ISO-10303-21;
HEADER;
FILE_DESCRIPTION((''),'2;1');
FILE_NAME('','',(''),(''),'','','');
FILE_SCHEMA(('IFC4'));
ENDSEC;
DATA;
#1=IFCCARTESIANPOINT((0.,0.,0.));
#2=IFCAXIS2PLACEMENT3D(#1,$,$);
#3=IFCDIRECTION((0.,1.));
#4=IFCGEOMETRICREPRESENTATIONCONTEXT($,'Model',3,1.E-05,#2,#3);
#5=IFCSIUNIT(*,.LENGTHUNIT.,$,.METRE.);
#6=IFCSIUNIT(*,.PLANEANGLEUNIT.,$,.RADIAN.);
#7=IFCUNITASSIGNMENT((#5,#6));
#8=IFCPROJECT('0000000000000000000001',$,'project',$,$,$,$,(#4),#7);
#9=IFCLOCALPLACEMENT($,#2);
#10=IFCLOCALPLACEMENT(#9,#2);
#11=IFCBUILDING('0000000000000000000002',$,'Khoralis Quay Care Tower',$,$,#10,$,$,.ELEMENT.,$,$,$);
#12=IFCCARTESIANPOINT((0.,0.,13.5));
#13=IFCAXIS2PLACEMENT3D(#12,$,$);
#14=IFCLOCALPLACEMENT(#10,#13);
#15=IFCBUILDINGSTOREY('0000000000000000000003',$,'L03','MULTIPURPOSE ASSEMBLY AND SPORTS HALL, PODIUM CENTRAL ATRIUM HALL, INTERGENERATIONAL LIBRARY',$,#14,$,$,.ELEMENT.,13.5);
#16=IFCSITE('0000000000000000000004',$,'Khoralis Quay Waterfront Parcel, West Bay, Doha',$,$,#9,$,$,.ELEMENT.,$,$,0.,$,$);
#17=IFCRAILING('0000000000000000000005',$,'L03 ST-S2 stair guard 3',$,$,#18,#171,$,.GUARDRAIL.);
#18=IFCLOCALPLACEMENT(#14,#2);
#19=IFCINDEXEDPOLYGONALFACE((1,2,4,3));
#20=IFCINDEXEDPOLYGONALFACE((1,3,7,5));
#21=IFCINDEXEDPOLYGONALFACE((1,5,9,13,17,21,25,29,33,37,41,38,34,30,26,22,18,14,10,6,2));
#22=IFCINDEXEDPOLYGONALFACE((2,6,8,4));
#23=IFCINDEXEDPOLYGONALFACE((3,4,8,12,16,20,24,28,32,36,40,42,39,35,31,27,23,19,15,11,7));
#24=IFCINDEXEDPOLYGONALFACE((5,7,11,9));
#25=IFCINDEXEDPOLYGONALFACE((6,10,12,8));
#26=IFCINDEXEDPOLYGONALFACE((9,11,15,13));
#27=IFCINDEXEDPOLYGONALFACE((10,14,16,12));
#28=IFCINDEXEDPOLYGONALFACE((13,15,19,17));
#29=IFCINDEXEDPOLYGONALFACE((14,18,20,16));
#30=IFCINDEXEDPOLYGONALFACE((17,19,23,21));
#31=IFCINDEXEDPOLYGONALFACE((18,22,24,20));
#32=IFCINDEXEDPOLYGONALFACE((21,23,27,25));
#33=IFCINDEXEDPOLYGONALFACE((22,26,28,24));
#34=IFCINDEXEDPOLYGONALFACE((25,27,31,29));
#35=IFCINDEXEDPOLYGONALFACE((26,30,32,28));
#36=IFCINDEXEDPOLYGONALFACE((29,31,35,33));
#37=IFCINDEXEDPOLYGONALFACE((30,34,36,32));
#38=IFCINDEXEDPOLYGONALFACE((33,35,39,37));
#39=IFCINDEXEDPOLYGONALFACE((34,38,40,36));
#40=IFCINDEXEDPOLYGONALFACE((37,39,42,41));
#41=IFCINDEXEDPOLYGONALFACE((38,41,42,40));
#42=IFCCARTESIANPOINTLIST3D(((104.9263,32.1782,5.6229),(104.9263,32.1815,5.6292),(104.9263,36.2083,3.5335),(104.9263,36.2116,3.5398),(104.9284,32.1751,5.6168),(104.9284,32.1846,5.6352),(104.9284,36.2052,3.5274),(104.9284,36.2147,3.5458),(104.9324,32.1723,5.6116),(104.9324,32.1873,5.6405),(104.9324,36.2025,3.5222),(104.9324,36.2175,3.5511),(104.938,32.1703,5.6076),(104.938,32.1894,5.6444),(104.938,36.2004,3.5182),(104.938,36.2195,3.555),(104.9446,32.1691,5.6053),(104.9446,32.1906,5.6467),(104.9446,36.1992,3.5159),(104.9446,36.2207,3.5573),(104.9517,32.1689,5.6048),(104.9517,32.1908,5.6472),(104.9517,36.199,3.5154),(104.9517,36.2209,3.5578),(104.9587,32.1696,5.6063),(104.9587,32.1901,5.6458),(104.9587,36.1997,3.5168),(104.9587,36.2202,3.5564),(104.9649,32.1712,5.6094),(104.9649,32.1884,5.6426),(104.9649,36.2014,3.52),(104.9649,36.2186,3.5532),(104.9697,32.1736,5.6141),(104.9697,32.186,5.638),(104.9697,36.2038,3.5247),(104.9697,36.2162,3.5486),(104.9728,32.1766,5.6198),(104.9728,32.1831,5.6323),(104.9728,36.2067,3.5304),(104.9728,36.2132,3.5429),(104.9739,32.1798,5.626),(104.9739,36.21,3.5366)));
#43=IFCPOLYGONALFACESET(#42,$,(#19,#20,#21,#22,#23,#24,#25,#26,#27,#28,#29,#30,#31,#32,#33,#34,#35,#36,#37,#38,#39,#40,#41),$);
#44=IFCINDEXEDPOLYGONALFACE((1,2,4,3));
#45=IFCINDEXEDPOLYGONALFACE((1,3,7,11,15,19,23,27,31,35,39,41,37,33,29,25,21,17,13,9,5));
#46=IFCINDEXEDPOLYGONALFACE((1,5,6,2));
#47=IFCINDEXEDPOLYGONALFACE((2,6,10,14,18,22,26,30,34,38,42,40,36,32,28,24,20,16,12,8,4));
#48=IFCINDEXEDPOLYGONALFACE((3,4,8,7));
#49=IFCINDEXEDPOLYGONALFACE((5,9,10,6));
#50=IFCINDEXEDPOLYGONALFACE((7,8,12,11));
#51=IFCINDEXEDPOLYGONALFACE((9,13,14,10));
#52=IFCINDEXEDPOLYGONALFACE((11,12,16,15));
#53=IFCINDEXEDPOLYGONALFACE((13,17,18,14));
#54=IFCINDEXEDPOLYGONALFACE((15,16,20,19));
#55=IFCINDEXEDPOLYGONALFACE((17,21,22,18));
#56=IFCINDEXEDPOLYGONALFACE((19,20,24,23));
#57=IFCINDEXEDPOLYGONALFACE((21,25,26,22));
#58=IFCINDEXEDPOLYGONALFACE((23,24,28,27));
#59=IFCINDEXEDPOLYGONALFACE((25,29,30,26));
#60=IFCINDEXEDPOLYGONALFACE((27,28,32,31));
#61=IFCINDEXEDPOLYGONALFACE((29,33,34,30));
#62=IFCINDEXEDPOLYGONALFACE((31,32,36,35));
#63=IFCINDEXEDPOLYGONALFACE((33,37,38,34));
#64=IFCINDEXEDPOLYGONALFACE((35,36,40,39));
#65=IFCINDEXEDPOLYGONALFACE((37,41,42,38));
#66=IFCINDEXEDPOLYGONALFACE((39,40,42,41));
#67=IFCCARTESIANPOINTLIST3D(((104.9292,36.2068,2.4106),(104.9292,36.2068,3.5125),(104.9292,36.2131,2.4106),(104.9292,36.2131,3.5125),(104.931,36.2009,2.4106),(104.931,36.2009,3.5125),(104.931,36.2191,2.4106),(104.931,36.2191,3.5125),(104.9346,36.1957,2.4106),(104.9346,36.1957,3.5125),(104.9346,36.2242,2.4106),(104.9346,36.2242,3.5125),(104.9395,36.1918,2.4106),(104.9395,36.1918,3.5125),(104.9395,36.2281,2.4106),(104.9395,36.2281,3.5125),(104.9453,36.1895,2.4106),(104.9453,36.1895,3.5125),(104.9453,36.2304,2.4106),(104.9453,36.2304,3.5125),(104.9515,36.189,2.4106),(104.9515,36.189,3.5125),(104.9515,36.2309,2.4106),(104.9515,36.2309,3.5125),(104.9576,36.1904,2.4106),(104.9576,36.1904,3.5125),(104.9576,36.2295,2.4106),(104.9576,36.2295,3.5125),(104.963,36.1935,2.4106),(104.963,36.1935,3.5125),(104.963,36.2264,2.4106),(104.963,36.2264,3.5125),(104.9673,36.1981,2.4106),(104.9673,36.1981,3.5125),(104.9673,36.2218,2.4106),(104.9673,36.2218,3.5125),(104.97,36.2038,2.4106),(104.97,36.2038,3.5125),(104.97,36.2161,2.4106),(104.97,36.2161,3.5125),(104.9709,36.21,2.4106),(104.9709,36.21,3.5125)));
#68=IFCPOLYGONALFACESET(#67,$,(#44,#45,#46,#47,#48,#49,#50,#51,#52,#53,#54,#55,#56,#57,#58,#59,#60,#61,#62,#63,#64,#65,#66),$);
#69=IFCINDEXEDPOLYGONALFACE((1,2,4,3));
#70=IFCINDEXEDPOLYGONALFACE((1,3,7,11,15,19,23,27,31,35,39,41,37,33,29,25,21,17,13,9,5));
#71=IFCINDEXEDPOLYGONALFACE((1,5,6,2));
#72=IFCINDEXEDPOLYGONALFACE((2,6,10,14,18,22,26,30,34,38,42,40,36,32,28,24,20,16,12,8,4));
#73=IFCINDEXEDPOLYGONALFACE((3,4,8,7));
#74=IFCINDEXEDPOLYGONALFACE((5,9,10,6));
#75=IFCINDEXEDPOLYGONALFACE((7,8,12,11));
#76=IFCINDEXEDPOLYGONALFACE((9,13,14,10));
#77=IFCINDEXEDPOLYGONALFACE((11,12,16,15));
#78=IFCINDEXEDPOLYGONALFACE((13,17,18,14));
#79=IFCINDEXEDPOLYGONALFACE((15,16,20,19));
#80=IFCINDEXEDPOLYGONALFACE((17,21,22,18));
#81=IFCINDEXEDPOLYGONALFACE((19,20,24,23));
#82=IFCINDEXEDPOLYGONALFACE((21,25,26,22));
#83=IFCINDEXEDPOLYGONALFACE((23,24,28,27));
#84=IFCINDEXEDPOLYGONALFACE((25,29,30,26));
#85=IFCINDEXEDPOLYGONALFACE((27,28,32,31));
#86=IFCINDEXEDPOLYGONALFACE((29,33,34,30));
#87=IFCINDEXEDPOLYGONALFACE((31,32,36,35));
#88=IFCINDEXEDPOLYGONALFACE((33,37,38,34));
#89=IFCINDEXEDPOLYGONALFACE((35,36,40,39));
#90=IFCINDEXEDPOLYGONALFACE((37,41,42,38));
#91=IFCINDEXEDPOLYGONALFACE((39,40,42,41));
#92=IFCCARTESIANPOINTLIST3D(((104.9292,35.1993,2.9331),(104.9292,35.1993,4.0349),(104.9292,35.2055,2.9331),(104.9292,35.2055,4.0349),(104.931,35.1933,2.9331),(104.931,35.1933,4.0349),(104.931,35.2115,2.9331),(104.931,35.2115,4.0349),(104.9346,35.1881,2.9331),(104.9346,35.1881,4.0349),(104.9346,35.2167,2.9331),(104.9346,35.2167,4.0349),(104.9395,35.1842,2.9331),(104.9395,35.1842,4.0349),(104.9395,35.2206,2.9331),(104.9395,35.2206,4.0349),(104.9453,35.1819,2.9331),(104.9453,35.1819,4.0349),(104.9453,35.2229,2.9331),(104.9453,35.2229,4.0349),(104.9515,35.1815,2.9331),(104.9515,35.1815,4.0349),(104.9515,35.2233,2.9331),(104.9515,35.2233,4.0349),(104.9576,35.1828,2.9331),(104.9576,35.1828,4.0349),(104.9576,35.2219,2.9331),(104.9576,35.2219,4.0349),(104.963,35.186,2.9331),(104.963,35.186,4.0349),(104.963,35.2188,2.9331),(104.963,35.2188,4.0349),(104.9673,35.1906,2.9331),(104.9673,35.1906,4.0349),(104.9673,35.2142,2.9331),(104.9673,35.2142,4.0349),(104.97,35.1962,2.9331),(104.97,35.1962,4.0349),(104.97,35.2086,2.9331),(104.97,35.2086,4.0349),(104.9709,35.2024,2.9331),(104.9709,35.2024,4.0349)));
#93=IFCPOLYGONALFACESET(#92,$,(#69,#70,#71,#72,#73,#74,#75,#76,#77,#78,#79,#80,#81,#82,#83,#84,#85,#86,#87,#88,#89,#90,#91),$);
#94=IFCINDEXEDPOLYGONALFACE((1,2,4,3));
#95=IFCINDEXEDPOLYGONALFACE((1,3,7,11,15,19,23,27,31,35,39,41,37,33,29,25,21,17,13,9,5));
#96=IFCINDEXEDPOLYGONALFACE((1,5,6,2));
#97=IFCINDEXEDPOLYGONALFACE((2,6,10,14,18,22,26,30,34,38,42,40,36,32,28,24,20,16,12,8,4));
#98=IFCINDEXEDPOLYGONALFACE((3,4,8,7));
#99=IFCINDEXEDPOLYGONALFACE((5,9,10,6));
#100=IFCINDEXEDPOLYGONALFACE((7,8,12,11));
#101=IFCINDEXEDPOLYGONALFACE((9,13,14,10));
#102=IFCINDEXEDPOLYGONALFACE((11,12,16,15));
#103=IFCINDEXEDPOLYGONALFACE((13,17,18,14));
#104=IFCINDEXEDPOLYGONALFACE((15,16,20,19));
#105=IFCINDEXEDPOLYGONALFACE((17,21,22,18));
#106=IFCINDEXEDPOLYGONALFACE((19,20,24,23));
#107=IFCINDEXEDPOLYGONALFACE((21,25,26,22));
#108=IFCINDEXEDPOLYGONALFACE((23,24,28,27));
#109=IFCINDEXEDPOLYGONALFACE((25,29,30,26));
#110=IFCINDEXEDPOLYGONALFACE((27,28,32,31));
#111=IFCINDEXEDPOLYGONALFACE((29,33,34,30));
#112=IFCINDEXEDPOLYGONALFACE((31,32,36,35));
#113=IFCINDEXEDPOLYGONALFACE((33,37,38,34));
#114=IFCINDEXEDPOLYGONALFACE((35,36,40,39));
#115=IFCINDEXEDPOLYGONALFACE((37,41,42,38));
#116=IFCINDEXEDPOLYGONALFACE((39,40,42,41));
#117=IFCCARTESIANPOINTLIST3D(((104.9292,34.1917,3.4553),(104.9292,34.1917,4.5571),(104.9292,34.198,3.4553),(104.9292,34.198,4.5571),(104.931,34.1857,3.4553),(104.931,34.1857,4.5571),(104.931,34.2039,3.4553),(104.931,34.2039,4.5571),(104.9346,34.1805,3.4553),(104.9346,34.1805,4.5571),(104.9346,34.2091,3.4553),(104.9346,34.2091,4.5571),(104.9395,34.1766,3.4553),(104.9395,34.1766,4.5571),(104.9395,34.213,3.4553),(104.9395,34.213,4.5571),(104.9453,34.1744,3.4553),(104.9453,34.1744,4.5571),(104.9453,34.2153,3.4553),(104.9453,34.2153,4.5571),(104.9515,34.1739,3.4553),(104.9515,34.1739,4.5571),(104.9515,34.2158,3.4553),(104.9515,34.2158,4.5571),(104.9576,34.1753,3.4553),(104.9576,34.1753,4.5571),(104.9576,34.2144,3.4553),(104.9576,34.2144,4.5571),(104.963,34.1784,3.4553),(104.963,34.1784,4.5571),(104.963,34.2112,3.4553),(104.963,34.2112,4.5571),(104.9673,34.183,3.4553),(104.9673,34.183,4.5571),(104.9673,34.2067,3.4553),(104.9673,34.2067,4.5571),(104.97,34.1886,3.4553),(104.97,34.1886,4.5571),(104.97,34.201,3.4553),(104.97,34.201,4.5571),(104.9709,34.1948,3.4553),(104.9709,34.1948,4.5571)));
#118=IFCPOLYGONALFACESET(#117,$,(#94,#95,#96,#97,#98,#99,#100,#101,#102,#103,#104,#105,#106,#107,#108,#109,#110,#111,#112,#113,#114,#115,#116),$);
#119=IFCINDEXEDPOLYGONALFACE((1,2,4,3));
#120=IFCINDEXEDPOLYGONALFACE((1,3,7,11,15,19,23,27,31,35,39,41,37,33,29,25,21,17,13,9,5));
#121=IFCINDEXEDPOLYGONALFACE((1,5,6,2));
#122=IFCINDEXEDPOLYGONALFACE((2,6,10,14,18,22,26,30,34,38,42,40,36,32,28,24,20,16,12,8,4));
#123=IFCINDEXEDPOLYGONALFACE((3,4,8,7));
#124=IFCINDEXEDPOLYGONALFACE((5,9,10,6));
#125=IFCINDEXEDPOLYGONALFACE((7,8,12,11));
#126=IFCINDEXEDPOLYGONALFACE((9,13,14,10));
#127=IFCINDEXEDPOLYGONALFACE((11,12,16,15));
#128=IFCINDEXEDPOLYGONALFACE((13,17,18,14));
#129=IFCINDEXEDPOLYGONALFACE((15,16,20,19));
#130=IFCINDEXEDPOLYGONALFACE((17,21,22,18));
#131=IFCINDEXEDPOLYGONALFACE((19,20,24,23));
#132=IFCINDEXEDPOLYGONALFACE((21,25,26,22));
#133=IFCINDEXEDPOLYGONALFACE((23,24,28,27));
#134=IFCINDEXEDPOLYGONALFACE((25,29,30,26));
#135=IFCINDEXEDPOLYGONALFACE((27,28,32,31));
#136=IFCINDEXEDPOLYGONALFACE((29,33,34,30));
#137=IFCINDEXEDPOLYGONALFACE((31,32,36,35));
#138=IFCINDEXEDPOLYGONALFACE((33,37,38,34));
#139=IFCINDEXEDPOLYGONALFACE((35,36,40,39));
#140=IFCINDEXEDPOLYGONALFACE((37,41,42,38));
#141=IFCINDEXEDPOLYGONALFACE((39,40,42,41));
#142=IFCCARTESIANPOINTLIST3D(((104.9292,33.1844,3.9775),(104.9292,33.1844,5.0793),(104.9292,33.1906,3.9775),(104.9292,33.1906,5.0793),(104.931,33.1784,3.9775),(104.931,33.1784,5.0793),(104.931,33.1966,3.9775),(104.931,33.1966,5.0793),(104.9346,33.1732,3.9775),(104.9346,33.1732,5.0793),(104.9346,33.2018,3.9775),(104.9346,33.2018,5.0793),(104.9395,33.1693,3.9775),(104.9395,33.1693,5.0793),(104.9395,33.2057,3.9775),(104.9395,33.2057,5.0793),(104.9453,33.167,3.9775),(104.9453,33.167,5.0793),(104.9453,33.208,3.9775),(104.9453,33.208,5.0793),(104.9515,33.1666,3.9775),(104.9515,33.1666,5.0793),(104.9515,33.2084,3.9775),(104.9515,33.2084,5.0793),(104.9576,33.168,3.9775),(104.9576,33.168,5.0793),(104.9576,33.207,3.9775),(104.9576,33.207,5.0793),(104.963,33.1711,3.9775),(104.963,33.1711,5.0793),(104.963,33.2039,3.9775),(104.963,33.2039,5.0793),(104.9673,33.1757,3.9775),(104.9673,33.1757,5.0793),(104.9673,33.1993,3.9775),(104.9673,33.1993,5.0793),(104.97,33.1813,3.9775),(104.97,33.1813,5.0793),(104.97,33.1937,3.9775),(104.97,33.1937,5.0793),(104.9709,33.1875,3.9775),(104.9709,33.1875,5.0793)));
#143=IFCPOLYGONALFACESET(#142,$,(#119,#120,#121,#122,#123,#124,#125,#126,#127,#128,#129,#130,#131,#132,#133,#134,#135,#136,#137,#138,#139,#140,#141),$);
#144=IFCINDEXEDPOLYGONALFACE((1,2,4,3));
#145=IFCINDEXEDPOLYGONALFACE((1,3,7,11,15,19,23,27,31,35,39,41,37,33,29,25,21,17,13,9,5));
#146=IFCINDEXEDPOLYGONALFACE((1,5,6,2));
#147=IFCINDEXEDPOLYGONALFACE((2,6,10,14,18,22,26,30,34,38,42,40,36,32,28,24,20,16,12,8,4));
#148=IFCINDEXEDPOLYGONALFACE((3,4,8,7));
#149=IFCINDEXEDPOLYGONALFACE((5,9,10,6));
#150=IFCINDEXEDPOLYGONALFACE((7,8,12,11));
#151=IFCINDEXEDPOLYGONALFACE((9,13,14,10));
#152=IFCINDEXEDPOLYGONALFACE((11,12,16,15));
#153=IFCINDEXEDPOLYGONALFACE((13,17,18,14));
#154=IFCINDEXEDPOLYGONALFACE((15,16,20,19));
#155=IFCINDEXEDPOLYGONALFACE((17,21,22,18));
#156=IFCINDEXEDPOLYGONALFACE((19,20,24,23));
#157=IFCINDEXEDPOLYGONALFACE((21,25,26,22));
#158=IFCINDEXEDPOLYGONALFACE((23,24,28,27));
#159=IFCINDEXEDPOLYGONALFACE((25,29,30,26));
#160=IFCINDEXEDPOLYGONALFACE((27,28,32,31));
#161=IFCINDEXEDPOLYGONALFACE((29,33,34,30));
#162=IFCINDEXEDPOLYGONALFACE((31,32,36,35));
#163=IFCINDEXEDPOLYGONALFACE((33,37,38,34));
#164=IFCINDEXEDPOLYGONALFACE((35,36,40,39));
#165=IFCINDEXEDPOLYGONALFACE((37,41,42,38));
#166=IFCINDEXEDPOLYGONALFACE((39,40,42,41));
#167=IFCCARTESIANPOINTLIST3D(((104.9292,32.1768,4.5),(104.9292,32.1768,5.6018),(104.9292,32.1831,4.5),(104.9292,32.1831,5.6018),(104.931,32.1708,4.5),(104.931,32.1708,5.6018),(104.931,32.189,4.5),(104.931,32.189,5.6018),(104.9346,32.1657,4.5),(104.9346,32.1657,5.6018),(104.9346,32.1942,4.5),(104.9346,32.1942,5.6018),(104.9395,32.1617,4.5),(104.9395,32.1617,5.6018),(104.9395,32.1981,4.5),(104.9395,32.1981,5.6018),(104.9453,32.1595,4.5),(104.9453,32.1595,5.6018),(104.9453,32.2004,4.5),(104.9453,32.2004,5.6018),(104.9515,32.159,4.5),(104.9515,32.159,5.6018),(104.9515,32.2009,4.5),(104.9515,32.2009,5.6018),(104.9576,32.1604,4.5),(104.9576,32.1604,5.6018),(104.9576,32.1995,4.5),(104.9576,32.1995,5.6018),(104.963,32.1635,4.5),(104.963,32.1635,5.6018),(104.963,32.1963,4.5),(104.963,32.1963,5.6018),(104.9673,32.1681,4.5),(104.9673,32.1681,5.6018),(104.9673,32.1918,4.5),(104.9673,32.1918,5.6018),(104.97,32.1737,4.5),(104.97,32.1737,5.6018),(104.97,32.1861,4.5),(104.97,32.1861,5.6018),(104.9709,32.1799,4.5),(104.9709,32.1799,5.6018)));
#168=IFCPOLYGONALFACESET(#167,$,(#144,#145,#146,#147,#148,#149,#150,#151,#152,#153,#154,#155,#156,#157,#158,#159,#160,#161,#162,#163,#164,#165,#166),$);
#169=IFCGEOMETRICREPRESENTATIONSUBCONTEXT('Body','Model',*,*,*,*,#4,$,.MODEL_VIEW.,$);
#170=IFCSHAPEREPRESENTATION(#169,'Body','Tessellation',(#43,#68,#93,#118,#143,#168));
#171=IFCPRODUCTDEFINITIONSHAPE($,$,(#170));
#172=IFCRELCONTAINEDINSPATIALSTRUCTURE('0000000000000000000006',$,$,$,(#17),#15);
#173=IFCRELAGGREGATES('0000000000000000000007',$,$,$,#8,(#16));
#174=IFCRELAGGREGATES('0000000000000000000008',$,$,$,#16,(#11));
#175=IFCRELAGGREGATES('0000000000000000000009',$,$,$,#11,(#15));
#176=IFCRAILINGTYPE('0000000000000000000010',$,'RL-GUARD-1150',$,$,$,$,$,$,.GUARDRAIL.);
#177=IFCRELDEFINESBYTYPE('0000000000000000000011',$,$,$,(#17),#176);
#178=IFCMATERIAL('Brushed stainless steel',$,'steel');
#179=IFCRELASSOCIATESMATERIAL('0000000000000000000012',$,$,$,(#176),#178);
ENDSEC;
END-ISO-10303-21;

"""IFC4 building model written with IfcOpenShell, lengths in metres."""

from ifc_helpers import new_model, si_unit, direction, frame, origin, origin_2d, place, context, subcontext, project, spatial, circle, extrude, material, type_object, element, save


model = new_model("IFC4")

# Units and contexts
model_context = context("Model", 3, precision=1e-05, world=origin(), true_north=direction((0.0, 1.0)))
body_context = subcontext(model_context, "Body", "Model", "MODEL_VIEW")
ifc_project = project(units=[si_unit("LENGTHUNIT", "METRE"), si_unit("PLANEANGLEUNIT", "RADIAN")], contexts=[model_context])

# Site, building, storey
site_placement = place(None, origin())
site = spatial("IfcSite", under=ifc_project, at=site_placement, Name="Khoralis Quay Waterfront Parcel, West Bay, Doha", CompositionType="ELEMENT", RefElevation=0.0)
building_placement = place(site_placement, origin())
building = spatial("IfcBuilding", under=site, at=building_placement, Name="Khoralis Quay Care Tower", CompositionType="ELEMENT")
storey_placement = place(building_placement, frame((0.0, 0.0, 13.5)))
storey = spatial("IfcBuildingStorey", under=building, at=storey_placement, Name="L03", Description="MULTIPURPOSE ASSEMBLY AND SPORTS HALL, PODIUM CENTRAL ATRIUM HALL, INTERGENERATIONAL LIBRARY", CompositionType="ELEMENT", Elevation=13.5)

# Railing
ifc_material_1 = material(Name="Brushed stainless steel", Category="steel")
railing_type_1 = type_object("IfcRailingType", Name="RL-GUARD-1150", PredefinedType="GUARDRAIL", material=ifc_material_1)
railing_1_placement = place(storey_placement, frame((104.95, 36.21, 2.4106)))
element("IfcRailing", 1, at=railing_1_placement, inside=storey, type_object=railing_type_1, Name="L03 ST-S2 stair guard 3", PredefinedType="GUARDRAIL", context=body_context, shape_type="SweptSolid", body=[
    extrude(circle(Radius=0.0239, at=origin_2d()), frame((0.0, 0.0, 1.126), z_axis=(0.0, -0.887781, 0.460267), x_axis=(1.0, 0.0, 0.0)), (0.0, 0.0, 1.0), 4.5396),
    extrude(circle(Radius=0.021, at=origin_2d()), origin(), (0.0, 0.0, 1.0), 1.1018),
    extrude(circle(Radius=0.021, at=origin_2d()), frame((0.0, -1.0076, 0.5225)), (0.0, 0.0, 1.0), 1.1018),
    extrude(circle(Radius=0.021, at=origin_2d()), frame((0.0, -2.0151, 1.0447)), (0.0, 0.0, 1.0), 1.1018),
    extrude(circle(Radius=0.021, at=origin_2d()), frame((0.0, -3.0225, 1.5669)), (0.0, 0.0, 1.0), 1.1018),
    extrude(circle(Radius=0.021, at=origin_2d()), frame((0.0, -4.03, 2.0894)), (0.0, 0.0, 1.0), 1.1018),
])

save(model, "model.ifc")
